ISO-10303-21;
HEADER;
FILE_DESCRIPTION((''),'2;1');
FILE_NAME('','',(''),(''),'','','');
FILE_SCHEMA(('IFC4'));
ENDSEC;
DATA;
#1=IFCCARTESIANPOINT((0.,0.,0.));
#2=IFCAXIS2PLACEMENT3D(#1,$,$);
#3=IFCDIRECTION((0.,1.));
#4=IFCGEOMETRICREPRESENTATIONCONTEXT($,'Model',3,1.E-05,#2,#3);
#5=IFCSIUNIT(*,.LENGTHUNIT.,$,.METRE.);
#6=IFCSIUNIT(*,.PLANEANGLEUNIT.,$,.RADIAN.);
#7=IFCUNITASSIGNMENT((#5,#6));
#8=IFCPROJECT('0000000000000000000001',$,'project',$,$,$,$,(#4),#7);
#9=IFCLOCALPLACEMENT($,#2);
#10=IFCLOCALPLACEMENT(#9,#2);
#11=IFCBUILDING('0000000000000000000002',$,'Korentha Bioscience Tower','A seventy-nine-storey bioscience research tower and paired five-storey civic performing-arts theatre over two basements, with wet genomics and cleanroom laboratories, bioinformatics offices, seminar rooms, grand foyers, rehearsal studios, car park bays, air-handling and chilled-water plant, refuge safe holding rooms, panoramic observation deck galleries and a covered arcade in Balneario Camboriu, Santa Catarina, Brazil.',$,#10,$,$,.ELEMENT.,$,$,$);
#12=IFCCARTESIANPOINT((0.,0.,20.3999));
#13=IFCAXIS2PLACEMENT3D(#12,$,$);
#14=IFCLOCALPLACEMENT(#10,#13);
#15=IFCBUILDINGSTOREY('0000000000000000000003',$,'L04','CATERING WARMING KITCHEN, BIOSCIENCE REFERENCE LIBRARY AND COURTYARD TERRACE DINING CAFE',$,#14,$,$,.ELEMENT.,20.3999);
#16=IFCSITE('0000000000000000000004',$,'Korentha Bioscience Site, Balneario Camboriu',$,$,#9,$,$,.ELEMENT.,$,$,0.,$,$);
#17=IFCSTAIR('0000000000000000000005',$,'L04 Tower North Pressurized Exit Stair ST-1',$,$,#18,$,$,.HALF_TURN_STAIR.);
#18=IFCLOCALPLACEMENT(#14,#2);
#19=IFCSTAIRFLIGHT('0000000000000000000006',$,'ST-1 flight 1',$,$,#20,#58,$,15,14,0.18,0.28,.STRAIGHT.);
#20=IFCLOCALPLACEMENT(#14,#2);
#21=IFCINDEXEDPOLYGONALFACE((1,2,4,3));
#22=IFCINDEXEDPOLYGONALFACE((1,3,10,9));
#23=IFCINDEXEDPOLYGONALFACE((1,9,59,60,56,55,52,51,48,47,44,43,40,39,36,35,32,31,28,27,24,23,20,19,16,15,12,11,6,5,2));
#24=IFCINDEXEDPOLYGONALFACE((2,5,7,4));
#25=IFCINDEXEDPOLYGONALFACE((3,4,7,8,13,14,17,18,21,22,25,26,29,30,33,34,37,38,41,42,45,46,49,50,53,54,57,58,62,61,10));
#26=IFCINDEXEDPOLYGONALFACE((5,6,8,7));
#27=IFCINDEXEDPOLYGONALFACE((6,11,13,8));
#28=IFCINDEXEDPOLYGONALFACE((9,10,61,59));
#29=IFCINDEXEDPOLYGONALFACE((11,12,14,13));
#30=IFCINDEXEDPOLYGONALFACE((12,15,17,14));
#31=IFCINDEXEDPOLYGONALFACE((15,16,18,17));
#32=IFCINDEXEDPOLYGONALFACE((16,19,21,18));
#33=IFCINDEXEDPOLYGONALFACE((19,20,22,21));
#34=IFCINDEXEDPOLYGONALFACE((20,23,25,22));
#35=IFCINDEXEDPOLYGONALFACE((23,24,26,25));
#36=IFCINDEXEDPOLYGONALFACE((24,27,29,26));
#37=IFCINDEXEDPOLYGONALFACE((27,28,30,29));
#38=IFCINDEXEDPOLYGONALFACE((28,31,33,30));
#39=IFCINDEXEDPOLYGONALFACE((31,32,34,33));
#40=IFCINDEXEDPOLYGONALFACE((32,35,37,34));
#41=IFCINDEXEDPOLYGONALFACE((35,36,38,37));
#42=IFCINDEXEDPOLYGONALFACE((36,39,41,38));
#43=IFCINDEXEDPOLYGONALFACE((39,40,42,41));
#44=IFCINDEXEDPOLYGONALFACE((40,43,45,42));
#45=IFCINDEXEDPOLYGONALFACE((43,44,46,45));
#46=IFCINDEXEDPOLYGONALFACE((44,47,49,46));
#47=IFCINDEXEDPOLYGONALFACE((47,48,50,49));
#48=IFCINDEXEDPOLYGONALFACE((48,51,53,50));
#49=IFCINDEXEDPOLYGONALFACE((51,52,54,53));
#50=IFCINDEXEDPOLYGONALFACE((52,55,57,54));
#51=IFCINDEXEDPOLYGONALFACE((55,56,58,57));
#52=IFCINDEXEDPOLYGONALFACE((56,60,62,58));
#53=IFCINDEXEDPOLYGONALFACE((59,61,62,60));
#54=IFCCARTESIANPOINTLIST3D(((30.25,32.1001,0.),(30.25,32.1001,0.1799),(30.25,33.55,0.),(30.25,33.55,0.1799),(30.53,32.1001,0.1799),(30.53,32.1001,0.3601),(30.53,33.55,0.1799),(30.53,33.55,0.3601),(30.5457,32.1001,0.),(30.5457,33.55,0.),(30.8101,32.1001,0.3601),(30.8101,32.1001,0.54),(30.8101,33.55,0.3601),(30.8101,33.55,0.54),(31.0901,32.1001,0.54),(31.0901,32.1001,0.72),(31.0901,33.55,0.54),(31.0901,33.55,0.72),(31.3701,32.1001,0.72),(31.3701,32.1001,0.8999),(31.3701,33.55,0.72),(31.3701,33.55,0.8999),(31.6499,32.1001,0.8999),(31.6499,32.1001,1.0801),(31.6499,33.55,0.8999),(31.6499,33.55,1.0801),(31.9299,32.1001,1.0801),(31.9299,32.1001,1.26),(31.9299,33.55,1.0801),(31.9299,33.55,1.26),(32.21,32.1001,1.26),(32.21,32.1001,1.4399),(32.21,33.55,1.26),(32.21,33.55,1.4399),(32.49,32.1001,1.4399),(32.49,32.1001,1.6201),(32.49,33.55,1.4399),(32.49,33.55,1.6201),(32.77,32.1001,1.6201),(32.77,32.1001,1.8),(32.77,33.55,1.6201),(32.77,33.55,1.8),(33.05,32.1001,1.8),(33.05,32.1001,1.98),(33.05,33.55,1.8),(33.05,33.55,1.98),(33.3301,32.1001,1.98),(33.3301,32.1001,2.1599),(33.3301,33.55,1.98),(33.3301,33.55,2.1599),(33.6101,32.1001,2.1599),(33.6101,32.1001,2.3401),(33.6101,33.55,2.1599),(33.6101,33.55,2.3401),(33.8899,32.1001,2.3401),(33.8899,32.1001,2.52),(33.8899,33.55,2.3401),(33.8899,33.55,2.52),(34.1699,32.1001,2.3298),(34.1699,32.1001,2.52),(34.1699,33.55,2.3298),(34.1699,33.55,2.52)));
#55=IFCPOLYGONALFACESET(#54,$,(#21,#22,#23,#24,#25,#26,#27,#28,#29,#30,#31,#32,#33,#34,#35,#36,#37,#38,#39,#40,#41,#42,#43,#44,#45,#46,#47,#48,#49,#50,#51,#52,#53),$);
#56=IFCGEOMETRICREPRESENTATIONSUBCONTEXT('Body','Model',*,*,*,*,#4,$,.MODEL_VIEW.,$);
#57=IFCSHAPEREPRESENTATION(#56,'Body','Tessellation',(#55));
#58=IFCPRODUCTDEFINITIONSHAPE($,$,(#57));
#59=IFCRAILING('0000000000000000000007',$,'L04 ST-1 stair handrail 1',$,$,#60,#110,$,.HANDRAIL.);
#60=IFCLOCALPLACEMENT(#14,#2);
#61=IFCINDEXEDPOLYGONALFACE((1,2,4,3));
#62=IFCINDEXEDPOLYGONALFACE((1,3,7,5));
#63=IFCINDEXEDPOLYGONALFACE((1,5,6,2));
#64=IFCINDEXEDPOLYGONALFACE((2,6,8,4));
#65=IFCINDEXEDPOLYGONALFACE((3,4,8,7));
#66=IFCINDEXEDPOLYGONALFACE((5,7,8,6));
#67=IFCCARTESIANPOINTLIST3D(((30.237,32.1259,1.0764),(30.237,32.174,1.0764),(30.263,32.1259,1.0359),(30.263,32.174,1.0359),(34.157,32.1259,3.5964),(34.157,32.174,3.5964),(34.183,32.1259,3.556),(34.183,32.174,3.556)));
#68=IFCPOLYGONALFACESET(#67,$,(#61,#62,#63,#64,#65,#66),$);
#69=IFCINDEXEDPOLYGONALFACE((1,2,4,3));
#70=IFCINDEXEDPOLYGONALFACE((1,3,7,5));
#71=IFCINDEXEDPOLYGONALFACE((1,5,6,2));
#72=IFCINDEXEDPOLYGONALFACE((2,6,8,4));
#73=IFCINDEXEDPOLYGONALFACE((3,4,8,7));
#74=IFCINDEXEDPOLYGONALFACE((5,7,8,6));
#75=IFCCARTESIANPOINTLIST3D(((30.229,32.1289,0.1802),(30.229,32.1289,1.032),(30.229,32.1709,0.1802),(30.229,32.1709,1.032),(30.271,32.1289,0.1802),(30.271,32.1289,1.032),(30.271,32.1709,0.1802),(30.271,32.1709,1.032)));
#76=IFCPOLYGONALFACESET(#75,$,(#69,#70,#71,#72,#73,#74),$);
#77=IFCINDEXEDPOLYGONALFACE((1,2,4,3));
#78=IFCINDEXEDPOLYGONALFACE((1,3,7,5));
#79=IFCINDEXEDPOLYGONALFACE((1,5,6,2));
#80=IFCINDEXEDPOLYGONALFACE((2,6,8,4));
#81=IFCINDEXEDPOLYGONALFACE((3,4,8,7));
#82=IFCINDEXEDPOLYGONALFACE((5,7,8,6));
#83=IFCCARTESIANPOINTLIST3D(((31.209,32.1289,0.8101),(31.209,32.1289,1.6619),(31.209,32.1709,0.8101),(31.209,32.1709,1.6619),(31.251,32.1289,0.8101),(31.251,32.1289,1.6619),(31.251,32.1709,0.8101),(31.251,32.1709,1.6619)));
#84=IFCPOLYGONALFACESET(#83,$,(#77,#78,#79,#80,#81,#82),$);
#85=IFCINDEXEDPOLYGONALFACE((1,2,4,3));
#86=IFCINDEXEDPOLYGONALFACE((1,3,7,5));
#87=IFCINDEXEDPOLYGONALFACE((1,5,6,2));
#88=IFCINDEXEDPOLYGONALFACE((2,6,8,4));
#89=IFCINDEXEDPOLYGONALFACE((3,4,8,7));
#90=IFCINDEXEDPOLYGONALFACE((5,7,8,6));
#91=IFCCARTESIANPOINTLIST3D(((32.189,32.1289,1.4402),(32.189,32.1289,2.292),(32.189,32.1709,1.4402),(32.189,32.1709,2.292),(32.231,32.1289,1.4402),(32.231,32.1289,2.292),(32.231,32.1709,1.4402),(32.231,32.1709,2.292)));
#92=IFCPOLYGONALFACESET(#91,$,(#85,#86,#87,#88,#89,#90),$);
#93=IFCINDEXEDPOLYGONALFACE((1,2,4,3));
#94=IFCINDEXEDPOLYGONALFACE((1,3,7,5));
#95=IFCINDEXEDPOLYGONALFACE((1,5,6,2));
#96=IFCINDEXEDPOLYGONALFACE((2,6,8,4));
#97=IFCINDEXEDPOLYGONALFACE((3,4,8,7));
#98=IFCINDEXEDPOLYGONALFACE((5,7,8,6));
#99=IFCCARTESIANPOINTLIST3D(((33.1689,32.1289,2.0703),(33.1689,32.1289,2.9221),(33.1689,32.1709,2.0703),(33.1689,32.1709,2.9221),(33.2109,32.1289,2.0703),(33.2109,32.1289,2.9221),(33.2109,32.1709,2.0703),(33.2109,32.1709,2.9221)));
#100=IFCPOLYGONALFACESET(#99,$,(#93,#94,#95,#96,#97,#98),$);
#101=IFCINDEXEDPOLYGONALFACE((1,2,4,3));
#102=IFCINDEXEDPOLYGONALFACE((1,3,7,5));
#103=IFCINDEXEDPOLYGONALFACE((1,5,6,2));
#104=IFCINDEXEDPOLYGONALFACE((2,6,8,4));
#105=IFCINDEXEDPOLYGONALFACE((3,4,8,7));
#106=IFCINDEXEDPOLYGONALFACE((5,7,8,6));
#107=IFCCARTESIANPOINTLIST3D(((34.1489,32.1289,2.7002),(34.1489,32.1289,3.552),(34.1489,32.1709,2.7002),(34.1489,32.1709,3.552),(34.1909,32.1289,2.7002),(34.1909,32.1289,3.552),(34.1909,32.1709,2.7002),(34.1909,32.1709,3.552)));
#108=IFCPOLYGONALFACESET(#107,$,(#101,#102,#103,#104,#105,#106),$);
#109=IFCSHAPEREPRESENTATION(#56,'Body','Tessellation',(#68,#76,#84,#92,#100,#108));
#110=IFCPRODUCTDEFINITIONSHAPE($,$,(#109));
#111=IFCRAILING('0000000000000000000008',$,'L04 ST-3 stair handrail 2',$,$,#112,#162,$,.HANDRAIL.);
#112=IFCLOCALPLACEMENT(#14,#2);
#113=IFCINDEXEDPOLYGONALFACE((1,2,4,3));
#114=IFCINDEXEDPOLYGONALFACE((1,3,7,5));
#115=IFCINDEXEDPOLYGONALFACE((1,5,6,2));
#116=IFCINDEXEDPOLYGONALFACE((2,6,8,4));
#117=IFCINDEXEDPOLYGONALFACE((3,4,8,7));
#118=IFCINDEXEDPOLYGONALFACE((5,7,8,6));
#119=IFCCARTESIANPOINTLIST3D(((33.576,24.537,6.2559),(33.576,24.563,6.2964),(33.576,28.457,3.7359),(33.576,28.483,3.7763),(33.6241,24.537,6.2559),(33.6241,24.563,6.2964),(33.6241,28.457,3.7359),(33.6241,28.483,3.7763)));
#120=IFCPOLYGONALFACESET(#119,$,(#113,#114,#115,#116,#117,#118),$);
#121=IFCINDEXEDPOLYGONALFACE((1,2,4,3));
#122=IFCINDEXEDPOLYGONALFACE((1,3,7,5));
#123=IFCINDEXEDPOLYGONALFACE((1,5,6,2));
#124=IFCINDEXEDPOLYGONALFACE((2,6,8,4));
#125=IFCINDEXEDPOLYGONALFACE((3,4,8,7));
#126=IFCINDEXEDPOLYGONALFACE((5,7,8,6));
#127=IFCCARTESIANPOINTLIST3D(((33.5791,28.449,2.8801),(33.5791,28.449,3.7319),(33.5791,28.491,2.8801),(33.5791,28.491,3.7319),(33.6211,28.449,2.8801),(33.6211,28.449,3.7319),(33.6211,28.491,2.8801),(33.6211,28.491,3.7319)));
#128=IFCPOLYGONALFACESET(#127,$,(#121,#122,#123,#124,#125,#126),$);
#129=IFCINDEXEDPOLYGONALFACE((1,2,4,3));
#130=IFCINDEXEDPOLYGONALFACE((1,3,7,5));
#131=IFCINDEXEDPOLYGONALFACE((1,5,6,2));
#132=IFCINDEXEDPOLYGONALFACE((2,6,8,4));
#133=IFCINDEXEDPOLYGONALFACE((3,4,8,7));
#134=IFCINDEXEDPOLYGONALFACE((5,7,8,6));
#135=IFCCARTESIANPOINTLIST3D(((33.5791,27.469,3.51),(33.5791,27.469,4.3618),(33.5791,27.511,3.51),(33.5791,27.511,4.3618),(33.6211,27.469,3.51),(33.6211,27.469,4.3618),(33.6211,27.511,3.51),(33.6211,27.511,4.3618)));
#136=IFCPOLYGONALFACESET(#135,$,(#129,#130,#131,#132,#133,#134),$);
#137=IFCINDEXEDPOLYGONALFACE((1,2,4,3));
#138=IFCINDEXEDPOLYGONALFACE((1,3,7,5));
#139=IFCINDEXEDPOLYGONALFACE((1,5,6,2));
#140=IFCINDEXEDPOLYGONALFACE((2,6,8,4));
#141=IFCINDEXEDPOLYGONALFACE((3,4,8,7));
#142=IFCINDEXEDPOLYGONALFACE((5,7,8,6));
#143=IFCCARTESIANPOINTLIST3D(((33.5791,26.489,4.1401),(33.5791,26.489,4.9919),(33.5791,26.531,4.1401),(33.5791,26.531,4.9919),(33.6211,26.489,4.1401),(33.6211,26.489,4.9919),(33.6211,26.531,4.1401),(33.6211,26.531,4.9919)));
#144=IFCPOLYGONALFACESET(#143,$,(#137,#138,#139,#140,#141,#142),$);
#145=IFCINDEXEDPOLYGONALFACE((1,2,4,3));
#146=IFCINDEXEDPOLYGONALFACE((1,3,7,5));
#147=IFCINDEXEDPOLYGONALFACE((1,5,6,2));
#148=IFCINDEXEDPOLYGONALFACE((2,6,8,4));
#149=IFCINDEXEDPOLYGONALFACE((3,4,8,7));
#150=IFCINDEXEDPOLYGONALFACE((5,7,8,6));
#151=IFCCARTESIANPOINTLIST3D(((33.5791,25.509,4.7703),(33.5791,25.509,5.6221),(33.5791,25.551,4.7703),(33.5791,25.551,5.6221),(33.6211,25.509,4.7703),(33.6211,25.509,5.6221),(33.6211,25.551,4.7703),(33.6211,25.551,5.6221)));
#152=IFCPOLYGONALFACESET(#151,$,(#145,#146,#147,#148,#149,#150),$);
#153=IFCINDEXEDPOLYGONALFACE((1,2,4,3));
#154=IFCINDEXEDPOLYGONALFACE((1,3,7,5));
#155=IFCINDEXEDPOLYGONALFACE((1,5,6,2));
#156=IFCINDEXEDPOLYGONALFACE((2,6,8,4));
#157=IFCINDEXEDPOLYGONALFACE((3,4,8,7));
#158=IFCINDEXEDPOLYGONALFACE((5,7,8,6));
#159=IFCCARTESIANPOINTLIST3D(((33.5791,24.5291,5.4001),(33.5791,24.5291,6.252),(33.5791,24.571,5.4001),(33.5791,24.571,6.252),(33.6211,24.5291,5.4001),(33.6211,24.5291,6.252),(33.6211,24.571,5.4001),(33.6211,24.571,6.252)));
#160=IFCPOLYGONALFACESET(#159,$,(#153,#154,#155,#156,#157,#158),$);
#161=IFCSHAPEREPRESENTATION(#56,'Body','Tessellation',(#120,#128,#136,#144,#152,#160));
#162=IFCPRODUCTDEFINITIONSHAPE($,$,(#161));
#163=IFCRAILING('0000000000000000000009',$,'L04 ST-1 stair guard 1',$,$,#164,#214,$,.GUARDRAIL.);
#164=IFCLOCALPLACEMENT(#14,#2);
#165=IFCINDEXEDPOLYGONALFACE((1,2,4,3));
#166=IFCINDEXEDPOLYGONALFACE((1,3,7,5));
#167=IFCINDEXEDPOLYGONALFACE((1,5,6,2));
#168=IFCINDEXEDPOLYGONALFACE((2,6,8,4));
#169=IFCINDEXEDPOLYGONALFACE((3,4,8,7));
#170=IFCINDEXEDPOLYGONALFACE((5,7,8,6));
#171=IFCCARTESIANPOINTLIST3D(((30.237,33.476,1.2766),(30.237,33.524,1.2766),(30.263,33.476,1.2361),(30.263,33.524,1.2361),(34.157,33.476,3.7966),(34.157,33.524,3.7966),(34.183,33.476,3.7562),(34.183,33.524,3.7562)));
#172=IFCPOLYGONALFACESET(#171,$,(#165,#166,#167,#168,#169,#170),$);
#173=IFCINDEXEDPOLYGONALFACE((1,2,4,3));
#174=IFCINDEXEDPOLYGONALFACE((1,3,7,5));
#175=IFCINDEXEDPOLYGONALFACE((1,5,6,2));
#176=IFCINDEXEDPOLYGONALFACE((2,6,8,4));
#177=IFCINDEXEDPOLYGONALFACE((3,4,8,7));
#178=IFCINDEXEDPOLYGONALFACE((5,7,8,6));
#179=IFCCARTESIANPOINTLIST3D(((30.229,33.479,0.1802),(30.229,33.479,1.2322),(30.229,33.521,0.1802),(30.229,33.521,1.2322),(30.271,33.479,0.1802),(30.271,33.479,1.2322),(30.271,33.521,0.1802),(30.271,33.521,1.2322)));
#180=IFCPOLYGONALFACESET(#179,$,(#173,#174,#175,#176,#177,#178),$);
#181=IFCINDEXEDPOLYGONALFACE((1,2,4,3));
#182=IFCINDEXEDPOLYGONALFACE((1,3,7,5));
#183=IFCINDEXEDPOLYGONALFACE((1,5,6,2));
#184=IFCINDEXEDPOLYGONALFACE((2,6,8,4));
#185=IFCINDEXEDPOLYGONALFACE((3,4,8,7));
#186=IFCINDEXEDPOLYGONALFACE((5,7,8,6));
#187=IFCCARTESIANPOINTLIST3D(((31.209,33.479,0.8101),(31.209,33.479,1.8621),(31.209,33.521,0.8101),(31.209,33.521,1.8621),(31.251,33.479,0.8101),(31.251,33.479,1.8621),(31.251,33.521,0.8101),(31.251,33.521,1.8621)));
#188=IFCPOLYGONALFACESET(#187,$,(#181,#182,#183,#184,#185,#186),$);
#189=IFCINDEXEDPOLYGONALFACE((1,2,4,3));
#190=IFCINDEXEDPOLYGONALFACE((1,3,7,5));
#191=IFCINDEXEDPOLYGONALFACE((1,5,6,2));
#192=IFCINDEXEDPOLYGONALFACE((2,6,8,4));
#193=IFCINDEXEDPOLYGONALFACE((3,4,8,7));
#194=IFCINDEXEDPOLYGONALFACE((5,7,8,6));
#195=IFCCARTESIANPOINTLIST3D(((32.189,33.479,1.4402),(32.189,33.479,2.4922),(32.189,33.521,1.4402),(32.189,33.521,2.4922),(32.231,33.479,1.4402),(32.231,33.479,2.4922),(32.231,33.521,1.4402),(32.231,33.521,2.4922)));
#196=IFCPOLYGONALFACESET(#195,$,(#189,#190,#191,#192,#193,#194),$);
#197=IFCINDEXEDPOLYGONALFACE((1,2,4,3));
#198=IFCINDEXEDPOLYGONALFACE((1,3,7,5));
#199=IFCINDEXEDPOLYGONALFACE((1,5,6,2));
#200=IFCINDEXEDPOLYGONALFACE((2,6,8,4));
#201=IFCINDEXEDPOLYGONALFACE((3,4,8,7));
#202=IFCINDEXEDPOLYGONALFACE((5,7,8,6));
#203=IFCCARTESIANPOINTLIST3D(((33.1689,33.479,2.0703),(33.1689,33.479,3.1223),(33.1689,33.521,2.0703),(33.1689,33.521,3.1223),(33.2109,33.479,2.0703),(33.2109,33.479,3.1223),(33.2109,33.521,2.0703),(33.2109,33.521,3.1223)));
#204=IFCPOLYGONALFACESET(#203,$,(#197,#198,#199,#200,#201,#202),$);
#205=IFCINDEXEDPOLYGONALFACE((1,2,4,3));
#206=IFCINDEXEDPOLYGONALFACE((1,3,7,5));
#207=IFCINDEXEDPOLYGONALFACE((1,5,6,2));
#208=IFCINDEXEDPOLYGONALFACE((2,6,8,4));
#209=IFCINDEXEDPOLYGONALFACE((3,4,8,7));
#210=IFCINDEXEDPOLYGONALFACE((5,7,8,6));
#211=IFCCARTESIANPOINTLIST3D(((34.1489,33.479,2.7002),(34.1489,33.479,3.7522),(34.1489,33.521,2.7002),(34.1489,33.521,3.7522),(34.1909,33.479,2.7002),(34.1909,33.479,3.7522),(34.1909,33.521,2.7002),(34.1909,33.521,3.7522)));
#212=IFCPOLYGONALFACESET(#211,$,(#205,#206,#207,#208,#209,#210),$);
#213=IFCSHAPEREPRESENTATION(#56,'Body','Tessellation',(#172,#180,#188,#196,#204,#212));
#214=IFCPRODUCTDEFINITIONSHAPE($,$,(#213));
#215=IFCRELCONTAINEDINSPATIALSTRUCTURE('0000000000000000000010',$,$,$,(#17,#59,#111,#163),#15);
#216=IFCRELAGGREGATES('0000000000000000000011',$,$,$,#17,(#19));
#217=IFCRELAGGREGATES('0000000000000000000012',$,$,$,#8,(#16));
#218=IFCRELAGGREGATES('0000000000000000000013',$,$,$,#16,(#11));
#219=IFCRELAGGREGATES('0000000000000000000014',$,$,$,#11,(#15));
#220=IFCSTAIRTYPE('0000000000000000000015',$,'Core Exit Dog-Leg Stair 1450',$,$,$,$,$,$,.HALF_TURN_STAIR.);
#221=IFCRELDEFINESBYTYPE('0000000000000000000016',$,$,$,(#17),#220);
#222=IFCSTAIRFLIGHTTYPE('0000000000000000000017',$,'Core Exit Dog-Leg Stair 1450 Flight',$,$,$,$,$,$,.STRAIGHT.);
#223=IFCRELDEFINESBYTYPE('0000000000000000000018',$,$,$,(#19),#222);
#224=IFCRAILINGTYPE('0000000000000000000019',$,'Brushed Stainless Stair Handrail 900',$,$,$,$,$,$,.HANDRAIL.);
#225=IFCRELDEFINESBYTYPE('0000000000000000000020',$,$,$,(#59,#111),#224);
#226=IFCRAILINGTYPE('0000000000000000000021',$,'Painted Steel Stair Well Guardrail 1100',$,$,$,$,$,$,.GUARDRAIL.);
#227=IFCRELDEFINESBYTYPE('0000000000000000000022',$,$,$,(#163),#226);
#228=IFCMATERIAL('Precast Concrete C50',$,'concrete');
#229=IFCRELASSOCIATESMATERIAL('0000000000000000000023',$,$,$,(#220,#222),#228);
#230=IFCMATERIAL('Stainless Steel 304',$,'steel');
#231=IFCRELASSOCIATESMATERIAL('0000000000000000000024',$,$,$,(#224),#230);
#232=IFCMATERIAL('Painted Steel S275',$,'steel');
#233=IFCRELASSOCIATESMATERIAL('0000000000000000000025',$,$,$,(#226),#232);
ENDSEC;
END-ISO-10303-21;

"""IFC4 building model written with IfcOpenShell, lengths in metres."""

from ifc_helpers import new_model, si_unit, direction, frame, origin, origin_2d, place, context, subcontext, project, spatial, polyline, rectangle, outline, extrude, material, type_object, element, aggregate, save


model = new_model("IFC4")

# Units and contexts
model_context = context("Model", 3, precision=1e-05, world=origin(), true_north=direction((0.0, 1.0)))
body_context = subcontext(model_context, "Body", "Model", "MODEL_VIEW")
ifc_project = project(units=[si_unit("LENGTHUNIT", "METRE"), si_unit("PLANEANGLEUNIT", "RADIAN")], contexts=[model_context])

# Site, building, storey
site_placement = place(None, origin())
site = spatial("IfcSite", under=ifc_project, at=site_placement, Name="Korentha Bioscience Site, Balneario Camboriu", CompositionType="ELEMENT", RefElevation=0.0)
building_placement = place(site_placement, origin())
building = spatial("IfcBuilding", under=site, at=building_placement, Name="Korentha Bioscience Tower", Description="A seventy-nine-storey bioscience research tower and paired five-storey civic performing-arts theatre over two basements, with wet genomics and cleanroom laboratories, bioinformatics offices, seminar rooms, grand foyers, rehearsal studios, car park bays, air-handling and chilled-water plant, refuge safe holding rooms, panoramic observation deck galleries and a covered arcade in Balneario Camboriu, Santa Catarina, Brazil.", CompositionType="ELEMENT")
storey_placement = place(building_placement, frame((0.0, 0.0, 20.3999)))
storey = spatial("IfcBuildingStorey", under=building, at=storey_placement, Name="L04", Description="CATERING WARMING KITCHEN, BIOSCIENCE REFERENCE LIBRARY AND COURTYARD TERRACE DINING CAFE", CompositionType="ELEMENT", Elevation=20.3999)

# Stair, stair flight
ifc_material_1 = material(Name="Precast Concrete C50", Category="concrete")
stair_type = type_object("IfcStairType", Name="Core Exit Dog-Leg Stair 1450", PredefinedType="HALF_TURN_STAIR", material=ifc_material_1)
stair_placement = place(storey_placement, origin())
stair = element("IfcStair", 1, at=stair_placement, inside=storey, type_object=stair_type, Name="L04 Tower North Pressurized Exit Stair ST-1", PredefinedType="HALF_TURN_STAIR")
stair_flight_type = type_object("IfcStairFlightType", Name="Core Exit Dog-Leg Stair 1450 Flight", PredefinedType="STRAIGHT", material=ifc_material_1)
stair_flight_placement = place(storey_placement, frame((30.25, 32.825, 0.0), z_axis=(0.0, 0.0, 1.0), x_axis=(1.0, 0.0, 0.0)))
stair_flight = element("IfcStairFlight", 2, at=stair_flight_placement, type_object=stair_flight_type, Name="ST-1 flight 1", NumberOfRisers=15, NumberOfTreads=14, PredefinedType="STRAIGHT", RiserHeight=0.18, TreadLength=0.28, context=body_context, shape_type="SweptSolid", body=[
    extrude(outline(polyline([(0.0, 0.0), (0.0, 0.1799), (0.28, 0.1799), (0.28, 0.3601), (0.5601, 0.3601), (0.5601, 0.54), (0.8401, 0.54), (0.8401, 0.72), (1.1201, 0.72), (1.1201, 0.8999), (1.3999, 0.8999), (1.3999, 1.0801), (1.6799, 1.0801), (1.6799, 1.26), (1.96, 1.26), (1.96, 1.4399), (2.24, 1.4399), (2.24, 1.6201), (2.52, 1.6201), (2.52, 1.8), (2.8, 1.8), (2.8, 1.98), (3.0801, 1.98), (3.0801, 2.1599), (3.3601, 2.1599), (3.3601, 2.3401), (3.6399, 2.3401), (3.6399, 2.52), (3.9199, 2.52), (3.9199, 2.7), (3.9199, 2.3298), (0.2957, 0.0), (0.0, 0.0)])), frame((0.0, 0.7251, 0.0), z_axis=(0.0, -1.0, 0.0), x_axis=(1.0, 0.0, 0.0)), (0.0, 0.0, 1.0), 1.45),
])
aggregate(stair, [stair_flight])

# Railings
ifc_material_2 = material(Name="Stainless Steel 304", Category="steel")
railing_type_1 = type_object("IfcRailingType", Name="Brushed Stainless Stair Handrail 900", PredefinedType="HANDRAIL", material=ifc_material_2)
railing_1_placement = place(storey_placement, frame((30.25, 32.1499, 0.1802)))
element("IfcRailing", 3, at=railing_1_placement, inside=storey, type_object=railing_type_1, Name="L04 ST-1 stair handrail 1", PredefinedType="HANDRAIL", context=body_context, shape_type="SweptSolid", body=[
    extrude(rectangle(XDim=0.0481, YDim=0.0481, at=origin_2d()), frame((0.0, 0.0, 0.876), z_axis=(0.841172, 0.0, 0.540768), x_axis=(0.0, 1.0, 0.0)), (0.0, 0.0, 1.0), 4.6602),
    extrude(rectangle(XDim=0.042, YDim=0.042, at=origin_2d()), origin(), (0.0, 0.0, 1.0), 0.8518),
    extrude(rectangle(XDim=0.042, YDim=0.042, at=origin_2d()), frame((0.98, 0.0, 0.6299)), (0.0, 0.0, 1.0), 0.8518),
    extrude(rectangle(XDim=0.042, YDim=0.042, at=origin_2d()), frame((1.96, 0.0, 1.26)), (0.0, 0.0, 1.0), 0.8518),
    extrude(rectangle(XDim=0.042, YDim=0.042, at=origin_2d()), frame((2.9399, 0.0, 1.8901)), (0.0, 0.0, 1.0), 0.8518),
    extrude(rectangle(XDim=0.042, YDim=0.042, at=origin_2d()), frame((3.9199, 0.0, 2.52)), (0.0, 0.0, 1.0), 0.8518),
])
railing_2_placement = place(storey_placement, frame((33.6001, 28.47, 2.8801)))
element("IfcRailing", 4, at=railing_2_placement, inside=storey, type_object=railing_type_1, Name="L04 ST-3 stair handrail 2", PredefinedType="HANDRAIL", context=body_context, shape_type="SweptSolid", body=[
    extrude(rectangle(XDim=0.0481, YDim=0.0481, at=origin_2d()), frame((0.0, 0.0, 0.876), z_axis=(0.0, -0.841172, 0.540768), x_axis=(1.0, 0.0, 0.0)), (0.0, 0.0, 1.0), 4.6602),
    extrude(rectangle(XDim=0.042, YDim=0.042, at=origin_2d()), origin(), (0.0, 0.0, 1.0), 0.8518),
    extrude(rectangle(XDim=0.042, YDim=0.042, at=origin_2d()), frame((0.0, -0.98, 0.6299)), (0.0, 0.0, 1.0), 0.8518),
    extrude(rectangle(XDim=0.042, YDim=0.042, at=origin_2d()), frame((0.0, -1.96, 1.26)), (0.0, 0.0, 1.0), 0.8518),
    extrude(rectangle(XDim=0.042, YDim=0.042, at=origin_2d()), frame((0.0, -2.9399, 1.8901)), (0.0, 0.0, 1.0), 0.8518),
    extrude(rectangle(XDim=0.042, YDim=0.042, at=origin_2d()), frame((0.0, -3.9199, 2.52)), (0.0, 0.0, 1.0), 0.8518),
])
ifc_material_3 = material(Name="Painted Steel S275", Category="steel")
railing_type_2 = type_object("IfcRailingType", Name="Painted Steel Stair Well Guardrail 1100", PredefinedType="GUARDRAIL", material=ifc_material_3)
railing_3_placement = place(storey_placement, frame((30.25, 33.5, 0.1802)))
element("IfcRailing", 5, at=railing_3_placement, inside=storey, type_object=railing_type_2, Name="L04 ST-1 stair guard 1", PredefinedType="GUARDRAIL", context=body_context, shape_type="SweptSolid", body=[
    extrude(rectangle(XDim=0.0481, YDim=0.0481, at=origin_2d()), frame((0.0, 0.0, 1.0762), z_axis=(0.841172, 0.0, 0.540768), x_axis=(0.0, 1.0, 0.0)), (0.0, 0.0, 1.0), 4.6602),
    extrude(rectangle(XDim=0.042, YDim=0.042, at=origin_2d()), origin(), (0.0, 0.0, 1.0), 1.052),
    extrude(rectangle(XDim=0.042, YDim=0.042, at=origin_2d()), frame((0.98, 0.0, 0.6299)), (0.0, 0.0, 1.0), 1.052),
    extrude(rectangle(XDim=0.042, YDim=0.042, at=origin_2d()), frame((1.96, 0.0, 1.26)), (0.0, 0.0, 1.0), 1.052),
    extrude(rectangle(XDim=0.042, YDim=0.042, at=origin_2d()), frame((2.9399, 0.0, 1.8901)), (0.0, 0.0, 1.0), 1.052),
    extrude(rectangle(XDim=0.042, YDim=0.042, at=origin_2d()), frame((3.9199, 0.0, 2.52)), (0.0, 0.0, 1.0), 1.052),
])

save(model, "model.ifc")
